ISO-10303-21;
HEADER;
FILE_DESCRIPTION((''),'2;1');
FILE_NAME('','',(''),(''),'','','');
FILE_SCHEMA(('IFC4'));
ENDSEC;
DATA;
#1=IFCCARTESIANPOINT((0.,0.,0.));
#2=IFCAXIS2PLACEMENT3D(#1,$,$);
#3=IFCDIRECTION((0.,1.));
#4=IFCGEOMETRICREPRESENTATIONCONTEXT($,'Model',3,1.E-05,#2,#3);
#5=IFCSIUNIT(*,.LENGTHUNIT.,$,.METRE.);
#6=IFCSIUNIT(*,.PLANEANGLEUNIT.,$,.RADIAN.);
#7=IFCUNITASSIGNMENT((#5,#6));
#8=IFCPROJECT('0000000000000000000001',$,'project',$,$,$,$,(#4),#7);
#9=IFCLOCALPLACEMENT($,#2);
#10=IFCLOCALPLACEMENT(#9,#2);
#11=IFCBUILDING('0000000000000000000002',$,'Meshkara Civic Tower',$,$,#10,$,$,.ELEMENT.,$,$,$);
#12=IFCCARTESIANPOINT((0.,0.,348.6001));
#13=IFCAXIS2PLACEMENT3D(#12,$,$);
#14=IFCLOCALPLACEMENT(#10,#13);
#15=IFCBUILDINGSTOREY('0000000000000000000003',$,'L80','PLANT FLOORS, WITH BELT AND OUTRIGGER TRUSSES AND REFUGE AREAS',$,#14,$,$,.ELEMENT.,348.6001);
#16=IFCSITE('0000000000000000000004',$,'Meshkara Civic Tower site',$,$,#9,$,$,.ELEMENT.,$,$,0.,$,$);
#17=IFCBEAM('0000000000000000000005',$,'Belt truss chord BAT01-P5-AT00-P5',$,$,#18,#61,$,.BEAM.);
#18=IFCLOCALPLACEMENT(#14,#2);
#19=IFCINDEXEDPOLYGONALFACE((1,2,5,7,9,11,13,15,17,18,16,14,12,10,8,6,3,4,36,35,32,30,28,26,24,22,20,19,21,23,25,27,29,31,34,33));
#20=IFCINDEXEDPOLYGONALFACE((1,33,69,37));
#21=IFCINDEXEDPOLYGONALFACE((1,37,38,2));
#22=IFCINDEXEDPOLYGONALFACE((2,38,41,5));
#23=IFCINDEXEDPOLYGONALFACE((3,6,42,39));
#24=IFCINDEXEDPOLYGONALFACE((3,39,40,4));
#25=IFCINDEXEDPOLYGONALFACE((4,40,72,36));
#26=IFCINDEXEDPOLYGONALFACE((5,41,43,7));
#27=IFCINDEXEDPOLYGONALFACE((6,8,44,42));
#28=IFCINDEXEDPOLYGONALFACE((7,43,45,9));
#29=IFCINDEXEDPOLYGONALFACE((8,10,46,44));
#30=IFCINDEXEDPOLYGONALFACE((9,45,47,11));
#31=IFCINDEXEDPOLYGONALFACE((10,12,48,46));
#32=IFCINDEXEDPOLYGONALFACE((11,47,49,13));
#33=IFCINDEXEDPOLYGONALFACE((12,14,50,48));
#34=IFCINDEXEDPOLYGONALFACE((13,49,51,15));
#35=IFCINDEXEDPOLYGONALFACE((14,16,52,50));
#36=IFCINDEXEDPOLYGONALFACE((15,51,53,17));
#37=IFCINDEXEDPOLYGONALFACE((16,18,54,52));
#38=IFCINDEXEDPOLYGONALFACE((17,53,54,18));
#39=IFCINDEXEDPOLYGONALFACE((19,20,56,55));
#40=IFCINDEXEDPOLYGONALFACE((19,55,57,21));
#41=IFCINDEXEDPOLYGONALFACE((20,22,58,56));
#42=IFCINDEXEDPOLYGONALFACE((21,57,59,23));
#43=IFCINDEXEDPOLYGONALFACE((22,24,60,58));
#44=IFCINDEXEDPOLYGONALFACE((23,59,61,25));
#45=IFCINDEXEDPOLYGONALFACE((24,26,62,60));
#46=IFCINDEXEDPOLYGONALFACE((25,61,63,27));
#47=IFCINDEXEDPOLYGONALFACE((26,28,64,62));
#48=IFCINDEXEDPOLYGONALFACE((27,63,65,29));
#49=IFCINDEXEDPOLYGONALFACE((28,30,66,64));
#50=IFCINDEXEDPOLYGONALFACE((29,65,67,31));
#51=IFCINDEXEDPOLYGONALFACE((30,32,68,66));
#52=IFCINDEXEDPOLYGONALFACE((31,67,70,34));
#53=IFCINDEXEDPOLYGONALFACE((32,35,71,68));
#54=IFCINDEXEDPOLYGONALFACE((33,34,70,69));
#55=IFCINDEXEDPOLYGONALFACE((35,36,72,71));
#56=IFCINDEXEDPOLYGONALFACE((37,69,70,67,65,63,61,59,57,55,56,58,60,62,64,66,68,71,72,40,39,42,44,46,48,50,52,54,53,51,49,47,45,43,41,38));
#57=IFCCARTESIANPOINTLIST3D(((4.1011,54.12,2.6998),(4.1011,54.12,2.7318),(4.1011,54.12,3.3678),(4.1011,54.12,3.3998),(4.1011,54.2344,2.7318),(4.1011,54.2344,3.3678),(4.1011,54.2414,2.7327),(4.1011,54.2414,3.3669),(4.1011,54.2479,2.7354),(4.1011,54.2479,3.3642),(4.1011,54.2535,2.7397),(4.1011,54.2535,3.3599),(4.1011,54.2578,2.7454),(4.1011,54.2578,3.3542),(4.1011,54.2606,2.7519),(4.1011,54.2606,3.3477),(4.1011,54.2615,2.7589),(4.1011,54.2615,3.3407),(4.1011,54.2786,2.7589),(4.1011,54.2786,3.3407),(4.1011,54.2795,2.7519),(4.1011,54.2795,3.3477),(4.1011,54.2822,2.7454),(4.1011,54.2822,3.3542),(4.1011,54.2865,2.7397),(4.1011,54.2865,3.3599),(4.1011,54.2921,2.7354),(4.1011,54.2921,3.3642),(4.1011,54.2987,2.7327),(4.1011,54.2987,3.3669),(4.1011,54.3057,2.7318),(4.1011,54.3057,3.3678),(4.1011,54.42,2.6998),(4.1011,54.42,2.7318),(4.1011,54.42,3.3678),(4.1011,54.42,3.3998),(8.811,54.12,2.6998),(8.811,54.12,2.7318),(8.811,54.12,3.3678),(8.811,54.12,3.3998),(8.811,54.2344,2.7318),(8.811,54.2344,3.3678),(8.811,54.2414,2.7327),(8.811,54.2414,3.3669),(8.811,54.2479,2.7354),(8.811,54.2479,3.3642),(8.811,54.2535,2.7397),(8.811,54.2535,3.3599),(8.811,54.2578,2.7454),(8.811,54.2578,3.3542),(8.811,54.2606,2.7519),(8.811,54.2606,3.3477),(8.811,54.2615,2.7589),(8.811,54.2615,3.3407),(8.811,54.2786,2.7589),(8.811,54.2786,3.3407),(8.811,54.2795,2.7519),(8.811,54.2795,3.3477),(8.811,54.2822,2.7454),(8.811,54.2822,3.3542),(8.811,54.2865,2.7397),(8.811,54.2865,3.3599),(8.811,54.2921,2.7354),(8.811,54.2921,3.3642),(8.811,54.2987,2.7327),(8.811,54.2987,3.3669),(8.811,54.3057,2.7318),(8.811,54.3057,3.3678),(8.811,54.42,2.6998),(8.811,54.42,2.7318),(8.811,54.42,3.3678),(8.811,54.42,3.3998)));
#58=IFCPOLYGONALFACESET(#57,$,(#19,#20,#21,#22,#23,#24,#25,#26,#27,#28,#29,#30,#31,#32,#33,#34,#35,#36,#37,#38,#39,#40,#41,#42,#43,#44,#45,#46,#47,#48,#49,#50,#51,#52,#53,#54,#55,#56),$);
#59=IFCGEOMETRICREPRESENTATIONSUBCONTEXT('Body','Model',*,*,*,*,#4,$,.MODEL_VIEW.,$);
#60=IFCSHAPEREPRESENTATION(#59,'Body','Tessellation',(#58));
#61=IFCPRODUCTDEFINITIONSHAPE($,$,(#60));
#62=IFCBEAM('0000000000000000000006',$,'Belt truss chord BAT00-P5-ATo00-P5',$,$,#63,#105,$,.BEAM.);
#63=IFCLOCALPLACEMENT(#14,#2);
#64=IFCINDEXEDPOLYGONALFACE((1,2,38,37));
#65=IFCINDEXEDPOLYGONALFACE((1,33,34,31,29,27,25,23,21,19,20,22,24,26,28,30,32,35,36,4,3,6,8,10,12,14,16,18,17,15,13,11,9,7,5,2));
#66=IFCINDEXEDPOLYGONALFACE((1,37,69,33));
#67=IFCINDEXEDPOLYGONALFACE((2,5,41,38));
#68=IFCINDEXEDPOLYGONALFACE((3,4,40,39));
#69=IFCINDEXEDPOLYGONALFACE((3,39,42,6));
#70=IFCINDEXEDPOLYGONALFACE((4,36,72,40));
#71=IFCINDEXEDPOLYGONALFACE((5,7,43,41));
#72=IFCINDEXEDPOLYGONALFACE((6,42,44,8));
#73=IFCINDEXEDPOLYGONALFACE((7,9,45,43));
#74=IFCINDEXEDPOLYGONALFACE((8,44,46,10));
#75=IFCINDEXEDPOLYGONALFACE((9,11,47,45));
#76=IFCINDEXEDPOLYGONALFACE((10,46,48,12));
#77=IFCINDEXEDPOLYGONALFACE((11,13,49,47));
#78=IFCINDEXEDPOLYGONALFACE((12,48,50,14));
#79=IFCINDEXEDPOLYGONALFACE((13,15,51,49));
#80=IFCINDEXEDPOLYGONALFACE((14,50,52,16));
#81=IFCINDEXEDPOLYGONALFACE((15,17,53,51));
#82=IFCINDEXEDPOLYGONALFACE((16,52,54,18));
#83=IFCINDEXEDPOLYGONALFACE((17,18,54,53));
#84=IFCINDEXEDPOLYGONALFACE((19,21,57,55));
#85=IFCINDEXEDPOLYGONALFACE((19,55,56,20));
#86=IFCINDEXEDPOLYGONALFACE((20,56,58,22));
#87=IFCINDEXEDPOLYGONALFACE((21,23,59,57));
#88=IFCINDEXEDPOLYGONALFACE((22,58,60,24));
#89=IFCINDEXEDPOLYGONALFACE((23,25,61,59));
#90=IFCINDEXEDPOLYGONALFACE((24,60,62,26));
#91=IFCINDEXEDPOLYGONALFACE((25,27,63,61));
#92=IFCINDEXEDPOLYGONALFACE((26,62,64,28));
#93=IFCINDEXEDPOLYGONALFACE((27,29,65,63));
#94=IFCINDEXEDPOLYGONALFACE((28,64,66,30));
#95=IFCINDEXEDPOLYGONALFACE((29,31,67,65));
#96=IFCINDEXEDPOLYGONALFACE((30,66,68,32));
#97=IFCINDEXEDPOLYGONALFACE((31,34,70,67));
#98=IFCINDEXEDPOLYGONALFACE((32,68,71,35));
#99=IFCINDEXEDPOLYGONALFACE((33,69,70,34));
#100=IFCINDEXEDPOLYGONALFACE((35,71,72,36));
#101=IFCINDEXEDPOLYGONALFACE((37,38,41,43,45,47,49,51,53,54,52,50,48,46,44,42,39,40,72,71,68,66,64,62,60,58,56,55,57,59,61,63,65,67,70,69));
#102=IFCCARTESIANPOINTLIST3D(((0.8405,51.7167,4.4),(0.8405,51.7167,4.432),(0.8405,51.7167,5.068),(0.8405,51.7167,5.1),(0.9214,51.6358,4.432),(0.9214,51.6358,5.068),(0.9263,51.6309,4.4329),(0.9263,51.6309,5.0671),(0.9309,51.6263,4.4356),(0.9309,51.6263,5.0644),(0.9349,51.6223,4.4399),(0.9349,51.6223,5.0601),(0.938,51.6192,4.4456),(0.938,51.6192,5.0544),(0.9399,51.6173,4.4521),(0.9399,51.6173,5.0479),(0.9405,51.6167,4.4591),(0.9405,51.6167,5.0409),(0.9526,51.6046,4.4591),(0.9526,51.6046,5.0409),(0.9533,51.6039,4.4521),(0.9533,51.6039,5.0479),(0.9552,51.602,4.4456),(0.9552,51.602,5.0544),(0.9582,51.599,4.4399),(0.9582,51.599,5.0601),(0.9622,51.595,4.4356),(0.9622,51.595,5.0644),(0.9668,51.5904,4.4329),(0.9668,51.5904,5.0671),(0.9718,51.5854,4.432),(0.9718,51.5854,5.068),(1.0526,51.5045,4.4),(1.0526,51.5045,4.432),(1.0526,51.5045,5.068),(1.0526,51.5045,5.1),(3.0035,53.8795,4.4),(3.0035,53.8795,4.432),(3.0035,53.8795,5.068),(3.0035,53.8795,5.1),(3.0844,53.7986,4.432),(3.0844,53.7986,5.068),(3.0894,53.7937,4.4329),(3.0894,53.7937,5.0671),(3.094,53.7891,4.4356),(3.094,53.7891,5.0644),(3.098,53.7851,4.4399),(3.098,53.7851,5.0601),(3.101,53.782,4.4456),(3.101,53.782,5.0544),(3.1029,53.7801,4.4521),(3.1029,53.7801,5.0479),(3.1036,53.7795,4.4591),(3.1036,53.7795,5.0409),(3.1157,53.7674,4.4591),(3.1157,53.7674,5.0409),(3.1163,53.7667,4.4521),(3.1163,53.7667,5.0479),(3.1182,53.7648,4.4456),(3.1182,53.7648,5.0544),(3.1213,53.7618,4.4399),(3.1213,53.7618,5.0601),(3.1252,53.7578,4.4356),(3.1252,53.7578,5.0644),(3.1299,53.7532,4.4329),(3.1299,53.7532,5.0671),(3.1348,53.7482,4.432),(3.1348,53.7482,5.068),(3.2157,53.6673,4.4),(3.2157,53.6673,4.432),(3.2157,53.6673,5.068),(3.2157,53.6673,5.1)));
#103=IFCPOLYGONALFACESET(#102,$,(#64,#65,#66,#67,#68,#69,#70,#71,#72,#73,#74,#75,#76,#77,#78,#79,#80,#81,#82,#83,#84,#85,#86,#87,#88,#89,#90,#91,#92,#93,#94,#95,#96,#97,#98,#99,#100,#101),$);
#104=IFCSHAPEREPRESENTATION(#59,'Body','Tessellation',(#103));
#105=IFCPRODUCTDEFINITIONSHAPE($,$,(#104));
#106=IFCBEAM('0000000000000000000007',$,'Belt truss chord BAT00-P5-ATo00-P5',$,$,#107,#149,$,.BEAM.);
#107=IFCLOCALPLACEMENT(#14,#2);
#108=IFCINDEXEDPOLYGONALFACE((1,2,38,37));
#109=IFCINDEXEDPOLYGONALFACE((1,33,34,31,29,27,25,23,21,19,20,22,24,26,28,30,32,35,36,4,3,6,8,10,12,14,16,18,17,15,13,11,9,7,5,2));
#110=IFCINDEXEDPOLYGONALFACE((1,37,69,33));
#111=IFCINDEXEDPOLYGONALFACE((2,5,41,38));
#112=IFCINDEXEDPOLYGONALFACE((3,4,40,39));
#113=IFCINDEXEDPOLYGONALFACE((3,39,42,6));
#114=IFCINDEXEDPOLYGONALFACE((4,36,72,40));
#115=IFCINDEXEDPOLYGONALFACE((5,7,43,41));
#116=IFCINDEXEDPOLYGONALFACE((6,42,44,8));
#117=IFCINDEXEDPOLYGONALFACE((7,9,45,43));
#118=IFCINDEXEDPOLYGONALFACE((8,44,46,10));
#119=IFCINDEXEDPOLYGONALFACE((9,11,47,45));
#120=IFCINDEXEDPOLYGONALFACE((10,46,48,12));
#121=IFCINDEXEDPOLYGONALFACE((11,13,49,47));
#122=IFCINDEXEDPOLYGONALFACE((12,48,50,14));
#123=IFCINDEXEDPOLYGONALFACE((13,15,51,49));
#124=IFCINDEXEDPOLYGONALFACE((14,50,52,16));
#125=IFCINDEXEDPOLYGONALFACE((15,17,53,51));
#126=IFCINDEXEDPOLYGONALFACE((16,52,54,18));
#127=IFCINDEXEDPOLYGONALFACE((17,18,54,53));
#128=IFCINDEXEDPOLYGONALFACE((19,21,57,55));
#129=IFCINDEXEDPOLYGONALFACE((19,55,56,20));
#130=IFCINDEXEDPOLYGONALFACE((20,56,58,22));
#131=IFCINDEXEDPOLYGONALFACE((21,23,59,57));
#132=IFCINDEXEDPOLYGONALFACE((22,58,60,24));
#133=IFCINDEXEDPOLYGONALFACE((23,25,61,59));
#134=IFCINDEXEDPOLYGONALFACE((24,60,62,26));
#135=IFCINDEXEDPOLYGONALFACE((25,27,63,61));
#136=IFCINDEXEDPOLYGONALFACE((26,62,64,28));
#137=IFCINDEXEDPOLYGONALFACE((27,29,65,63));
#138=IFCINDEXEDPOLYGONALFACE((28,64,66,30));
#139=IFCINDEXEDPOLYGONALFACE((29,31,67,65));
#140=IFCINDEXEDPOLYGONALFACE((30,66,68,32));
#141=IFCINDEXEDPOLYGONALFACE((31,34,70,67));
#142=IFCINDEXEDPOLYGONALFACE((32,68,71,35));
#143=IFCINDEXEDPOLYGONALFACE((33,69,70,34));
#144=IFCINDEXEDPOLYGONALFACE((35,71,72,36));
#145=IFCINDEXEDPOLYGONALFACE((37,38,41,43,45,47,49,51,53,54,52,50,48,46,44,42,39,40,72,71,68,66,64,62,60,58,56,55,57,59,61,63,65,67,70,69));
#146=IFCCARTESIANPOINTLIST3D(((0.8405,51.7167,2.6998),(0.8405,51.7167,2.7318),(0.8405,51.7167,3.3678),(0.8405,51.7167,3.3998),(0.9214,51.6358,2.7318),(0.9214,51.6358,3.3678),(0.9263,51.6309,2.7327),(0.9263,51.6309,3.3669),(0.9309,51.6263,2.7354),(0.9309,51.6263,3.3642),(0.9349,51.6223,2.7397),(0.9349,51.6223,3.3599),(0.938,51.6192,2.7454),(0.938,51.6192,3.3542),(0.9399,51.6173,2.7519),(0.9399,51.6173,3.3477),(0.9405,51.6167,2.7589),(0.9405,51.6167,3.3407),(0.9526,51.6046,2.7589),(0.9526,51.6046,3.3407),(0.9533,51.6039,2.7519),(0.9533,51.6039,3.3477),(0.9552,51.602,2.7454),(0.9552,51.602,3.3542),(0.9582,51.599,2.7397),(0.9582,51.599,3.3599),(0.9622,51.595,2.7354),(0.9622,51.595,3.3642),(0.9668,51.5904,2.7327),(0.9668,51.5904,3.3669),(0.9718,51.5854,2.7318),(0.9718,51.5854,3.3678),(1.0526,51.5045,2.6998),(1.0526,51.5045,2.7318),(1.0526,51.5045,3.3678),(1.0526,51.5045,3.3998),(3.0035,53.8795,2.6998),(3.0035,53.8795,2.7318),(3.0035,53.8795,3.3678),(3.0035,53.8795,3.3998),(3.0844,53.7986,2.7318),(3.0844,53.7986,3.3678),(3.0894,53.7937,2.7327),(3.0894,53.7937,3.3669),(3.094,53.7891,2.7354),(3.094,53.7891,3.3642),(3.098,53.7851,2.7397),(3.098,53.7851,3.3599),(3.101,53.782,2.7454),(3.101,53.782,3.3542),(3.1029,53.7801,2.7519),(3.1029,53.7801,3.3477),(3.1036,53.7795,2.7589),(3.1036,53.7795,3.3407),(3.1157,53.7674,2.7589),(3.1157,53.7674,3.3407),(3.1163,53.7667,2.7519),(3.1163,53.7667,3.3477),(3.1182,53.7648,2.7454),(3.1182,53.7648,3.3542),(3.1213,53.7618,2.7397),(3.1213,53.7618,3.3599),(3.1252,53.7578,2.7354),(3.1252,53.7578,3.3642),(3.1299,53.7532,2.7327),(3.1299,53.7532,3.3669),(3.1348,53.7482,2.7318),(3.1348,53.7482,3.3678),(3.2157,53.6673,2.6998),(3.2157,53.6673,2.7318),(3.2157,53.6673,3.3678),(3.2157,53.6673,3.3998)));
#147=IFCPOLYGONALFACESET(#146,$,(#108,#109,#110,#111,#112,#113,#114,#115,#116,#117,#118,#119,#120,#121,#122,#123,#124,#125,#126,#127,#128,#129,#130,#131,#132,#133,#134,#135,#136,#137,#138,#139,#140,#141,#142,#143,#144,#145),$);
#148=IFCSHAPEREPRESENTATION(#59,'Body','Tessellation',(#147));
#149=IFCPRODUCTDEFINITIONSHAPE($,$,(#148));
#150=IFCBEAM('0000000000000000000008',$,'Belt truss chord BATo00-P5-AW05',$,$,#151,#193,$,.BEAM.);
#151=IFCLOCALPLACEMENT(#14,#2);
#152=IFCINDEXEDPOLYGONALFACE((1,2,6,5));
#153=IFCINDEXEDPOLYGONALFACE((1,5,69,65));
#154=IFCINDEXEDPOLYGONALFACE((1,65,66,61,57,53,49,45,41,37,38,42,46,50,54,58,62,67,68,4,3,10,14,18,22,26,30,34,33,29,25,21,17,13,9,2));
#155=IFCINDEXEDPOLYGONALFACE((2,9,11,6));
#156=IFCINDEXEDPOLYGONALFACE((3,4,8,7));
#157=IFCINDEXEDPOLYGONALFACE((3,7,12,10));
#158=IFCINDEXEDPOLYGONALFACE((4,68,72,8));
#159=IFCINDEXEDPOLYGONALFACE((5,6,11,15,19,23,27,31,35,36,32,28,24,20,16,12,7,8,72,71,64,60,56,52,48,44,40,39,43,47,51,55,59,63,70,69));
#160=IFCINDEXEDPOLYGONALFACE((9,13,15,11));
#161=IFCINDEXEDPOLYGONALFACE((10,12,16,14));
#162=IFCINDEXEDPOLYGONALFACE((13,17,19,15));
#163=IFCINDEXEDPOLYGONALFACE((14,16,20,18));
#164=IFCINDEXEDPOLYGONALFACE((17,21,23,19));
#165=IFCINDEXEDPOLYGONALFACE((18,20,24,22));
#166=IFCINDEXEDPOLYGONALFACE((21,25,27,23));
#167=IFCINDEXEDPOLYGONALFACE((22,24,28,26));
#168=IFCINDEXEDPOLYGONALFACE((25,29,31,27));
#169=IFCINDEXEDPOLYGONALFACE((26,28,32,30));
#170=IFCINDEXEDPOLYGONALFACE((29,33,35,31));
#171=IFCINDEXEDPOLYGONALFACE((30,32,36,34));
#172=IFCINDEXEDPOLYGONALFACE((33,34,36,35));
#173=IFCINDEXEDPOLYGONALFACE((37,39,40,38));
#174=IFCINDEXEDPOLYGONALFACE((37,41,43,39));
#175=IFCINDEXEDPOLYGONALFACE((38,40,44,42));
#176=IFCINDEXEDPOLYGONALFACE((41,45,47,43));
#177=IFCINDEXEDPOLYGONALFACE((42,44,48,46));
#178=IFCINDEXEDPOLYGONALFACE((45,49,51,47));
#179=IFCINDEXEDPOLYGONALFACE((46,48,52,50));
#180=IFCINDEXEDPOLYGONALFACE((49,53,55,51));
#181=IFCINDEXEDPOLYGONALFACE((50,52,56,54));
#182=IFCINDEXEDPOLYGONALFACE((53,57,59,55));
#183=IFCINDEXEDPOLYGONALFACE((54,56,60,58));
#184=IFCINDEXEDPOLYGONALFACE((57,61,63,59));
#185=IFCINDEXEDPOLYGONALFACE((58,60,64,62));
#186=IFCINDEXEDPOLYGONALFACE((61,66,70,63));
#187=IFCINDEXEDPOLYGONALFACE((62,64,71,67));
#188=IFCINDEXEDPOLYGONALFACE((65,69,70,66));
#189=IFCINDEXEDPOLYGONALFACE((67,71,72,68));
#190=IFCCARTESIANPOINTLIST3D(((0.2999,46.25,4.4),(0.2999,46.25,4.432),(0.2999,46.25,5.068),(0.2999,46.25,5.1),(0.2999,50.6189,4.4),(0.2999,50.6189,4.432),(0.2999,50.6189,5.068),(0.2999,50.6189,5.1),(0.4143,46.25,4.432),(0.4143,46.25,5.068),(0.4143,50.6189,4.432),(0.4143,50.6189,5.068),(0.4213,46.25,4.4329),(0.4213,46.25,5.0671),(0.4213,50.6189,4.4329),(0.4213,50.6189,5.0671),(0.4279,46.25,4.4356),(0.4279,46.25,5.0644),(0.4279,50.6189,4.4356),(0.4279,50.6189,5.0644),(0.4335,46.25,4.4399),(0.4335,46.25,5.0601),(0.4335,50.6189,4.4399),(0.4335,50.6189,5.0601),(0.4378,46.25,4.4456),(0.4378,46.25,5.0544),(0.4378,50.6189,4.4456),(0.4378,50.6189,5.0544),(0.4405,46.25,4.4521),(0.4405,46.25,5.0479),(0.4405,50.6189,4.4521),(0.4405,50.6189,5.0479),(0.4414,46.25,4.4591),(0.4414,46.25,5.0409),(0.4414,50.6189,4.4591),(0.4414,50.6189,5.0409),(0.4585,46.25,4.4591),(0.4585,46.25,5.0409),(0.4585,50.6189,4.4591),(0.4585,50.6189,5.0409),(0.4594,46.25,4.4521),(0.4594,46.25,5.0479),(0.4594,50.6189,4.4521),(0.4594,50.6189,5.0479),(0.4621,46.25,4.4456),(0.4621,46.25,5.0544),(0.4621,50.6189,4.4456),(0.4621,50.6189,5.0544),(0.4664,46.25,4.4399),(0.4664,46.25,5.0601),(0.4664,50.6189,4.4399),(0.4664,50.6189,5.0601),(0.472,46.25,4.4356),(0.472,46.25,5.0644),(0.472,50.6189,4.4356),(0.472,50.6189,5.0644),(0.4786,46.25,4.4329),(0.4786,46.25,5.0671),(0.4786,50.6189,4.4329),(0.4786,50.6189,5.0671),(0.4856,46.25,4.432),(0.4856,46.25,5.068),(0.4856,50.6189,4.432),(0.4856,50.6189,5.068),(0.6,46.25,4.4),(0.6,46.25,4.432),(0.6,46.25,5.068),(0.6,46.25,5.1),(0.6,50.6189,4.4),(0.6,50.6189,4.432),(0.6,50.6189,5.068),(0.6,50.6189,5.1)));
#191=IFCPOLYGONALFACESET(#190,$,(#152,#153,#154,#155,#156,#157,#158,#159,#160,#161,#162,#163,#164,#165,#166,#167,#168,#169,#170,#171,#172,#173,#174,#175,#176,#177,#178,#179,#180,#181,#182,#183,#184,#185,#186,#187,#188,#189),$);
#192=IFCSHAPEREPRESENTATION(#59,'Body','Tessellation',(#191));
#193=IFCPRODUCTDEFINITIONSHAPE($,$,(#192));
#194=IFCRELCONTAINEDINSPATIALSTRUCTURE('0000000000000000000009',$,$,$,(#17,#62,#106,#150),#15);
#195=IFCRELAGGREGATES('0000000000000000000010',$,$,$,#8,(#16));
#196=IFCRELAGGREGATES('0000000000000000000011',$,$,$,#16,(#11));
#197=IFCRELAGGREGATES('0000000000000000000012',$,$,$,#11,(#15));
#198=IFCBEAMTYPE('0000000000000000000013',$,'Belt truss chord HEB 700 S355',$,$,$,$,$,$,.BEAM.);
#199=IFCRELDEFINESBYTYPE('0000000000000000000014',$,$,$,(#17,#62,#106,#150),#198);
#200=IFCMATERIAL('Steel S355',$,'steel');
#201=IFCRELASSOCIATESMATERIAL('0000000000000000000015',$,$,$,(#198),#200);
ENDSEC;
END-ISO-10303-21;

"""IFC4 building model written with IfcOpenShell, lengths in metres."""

from ifc_helpers import new_model, si_unit, direction, frame, origin, origin_2d, place, context, subcontext, project, spatial, i_section, extrude, material, material_profile, profile_set, type_object, element, save


model = new_model("IFC4")

# Units and contexts
model_context = context("Model", 3, precision=1e-05, world=origin(), true_north=direction((0.0, 1.0)))
body_context = subcontext(model_context, "Body", "Model", "MODEL_VIEW")
ifc_project = project(units=[si_unit("LENGTHUNIT", "METRE"), si_unit("PLANEANGLEUNIT", "RADIAN")], contexts=[model_context])

# Site, building, storey
site_placement = place(None, origin())
site = spatial("IfcSite", under=ifc_project, at=site_placement, Name="Meshkara Civic Tower site", CompositionType="ELEMENT", RefElevation=0.0)
building_placement = place(site_placement, origin())
building = spatial("IfcBuilding", under=site, at=building_placement, Name="Meshkara Civic Tower", CompositionType="ELEMENT")
storey_placement = place(building_placement, frame((0.0, 0.0, 348.6001)))
storey = spatial("IfcBuildingStorey", under=building, at=storey_placement, Name="L80", Description="PLANT FLOORS, WITH BELT AND OUTRIGGER TRUSSES AND REFUGE AREAS", CompositionType="ELEMENT", Elevation=348.6001)

# Beams
ifc_material_1 = material(Name="Steel S355", Category="steel")
ifc_material_profile_1 = material_profile(ifc_material_1, i_section(OverallWidth=0.3, OverallDepth=0.7, WebThickness=0.0171, FlangeThickness=0.032, FilletRadius=0.0271, at=origin_2d()))
ifc_profile_set_1 = profile_set([ifc_material_profile_1], Name="Steel S355")
beam_type = type_object("IfcBeamType", Name="Belt truss chord HEB 700 S355", PredefinedType="BEAM", material=ifc_profile_set_1)
for number, where, z_axis, x_axis, name in (
    (1, (8.811, 54.27, 3.0498), (-1.0, 0.0, 0.0), (0.0, -1.0, 0.0), "Belt truss chord BAT01-P5-AT00-P5"),
):
    element("IfcBeam", number, at=place(storey_placement, frame(where, z_axis=z_axis, x_axis=x_axis)), inside=storey, type_object=beam_type, Name=name, PredefinedType="BEAM", context=body_context, shape_type="SweptSolid", body=[
        extrude(i_section(OverallWidth=0.3, OverallDepth=0.7, WebThickness=0.0171, FlangeThickness=0.032, FilletRadius=0.0271, at=origin_2d()), origin(), (0.0, 0.0, 1.0), 4.71),
    ])
for number, where, z_axis, x_axis, name in (
    (2, (3.1096, 53.7734, 4.75), (-0.707147, -0.707067, 0.0), (0.707067, -0.707147, 0.0), "Belt truss chord BAT00-P5-ATo00-P5"),
    (3, (3.1096, 53.7734, 3.0498), (-0.707147, -0.707067, 0.0), (0.707067, -0.707147, 0.0), "Belt truss chord BAT00-P5-ATo00-P5"),
):
    element("IfcBeam", number, at=place(storey_placement, frame(where, z_axis=z_axis, x_axis=x_axis)), inside=storey, type_object=beam_type, Name=name, PredefinedType="BEAM", context=body_context, shape_type="SweptSolid", body=[
        extrude(i_section(OverallWidth=0.3, OverallDepth=0.7, WebThickness=0.0171, FlangeThickness=0.032, FilletRadius=0.0271, at=origin_2d()), origin(), (0.0, 0.0, 1.0), 3.0588),
    ])
for number, where, z_axis, x_axis, name in (
    (4, (0.45, 50.6189, 4.75), (0.0, -1.0, 0.0), (1.0, 0.0, 0.0), "Belt truss chord BATo00-P5-AW05"),
):
    element("IfcBeam", number, at=place(storey_placement, frame(where, z_axis=z_axis, x_axis=x_axis)), inside=storey, type_object=beam_type, Name=name, PredefinedType="BEAM", context=body_context, shape_type="SweptSolid", body=[
        extrude(i_section(OverallWidth=0.3, OverallDepth=0.7, WebThickness=0.0171, FlangeThickness=0.032, FilletRadius=0.0271, at=origin_2d()), origin(), (0.0, 0.0, 1.0), 4.3689),
    ])

save(model, "model.ifc")
